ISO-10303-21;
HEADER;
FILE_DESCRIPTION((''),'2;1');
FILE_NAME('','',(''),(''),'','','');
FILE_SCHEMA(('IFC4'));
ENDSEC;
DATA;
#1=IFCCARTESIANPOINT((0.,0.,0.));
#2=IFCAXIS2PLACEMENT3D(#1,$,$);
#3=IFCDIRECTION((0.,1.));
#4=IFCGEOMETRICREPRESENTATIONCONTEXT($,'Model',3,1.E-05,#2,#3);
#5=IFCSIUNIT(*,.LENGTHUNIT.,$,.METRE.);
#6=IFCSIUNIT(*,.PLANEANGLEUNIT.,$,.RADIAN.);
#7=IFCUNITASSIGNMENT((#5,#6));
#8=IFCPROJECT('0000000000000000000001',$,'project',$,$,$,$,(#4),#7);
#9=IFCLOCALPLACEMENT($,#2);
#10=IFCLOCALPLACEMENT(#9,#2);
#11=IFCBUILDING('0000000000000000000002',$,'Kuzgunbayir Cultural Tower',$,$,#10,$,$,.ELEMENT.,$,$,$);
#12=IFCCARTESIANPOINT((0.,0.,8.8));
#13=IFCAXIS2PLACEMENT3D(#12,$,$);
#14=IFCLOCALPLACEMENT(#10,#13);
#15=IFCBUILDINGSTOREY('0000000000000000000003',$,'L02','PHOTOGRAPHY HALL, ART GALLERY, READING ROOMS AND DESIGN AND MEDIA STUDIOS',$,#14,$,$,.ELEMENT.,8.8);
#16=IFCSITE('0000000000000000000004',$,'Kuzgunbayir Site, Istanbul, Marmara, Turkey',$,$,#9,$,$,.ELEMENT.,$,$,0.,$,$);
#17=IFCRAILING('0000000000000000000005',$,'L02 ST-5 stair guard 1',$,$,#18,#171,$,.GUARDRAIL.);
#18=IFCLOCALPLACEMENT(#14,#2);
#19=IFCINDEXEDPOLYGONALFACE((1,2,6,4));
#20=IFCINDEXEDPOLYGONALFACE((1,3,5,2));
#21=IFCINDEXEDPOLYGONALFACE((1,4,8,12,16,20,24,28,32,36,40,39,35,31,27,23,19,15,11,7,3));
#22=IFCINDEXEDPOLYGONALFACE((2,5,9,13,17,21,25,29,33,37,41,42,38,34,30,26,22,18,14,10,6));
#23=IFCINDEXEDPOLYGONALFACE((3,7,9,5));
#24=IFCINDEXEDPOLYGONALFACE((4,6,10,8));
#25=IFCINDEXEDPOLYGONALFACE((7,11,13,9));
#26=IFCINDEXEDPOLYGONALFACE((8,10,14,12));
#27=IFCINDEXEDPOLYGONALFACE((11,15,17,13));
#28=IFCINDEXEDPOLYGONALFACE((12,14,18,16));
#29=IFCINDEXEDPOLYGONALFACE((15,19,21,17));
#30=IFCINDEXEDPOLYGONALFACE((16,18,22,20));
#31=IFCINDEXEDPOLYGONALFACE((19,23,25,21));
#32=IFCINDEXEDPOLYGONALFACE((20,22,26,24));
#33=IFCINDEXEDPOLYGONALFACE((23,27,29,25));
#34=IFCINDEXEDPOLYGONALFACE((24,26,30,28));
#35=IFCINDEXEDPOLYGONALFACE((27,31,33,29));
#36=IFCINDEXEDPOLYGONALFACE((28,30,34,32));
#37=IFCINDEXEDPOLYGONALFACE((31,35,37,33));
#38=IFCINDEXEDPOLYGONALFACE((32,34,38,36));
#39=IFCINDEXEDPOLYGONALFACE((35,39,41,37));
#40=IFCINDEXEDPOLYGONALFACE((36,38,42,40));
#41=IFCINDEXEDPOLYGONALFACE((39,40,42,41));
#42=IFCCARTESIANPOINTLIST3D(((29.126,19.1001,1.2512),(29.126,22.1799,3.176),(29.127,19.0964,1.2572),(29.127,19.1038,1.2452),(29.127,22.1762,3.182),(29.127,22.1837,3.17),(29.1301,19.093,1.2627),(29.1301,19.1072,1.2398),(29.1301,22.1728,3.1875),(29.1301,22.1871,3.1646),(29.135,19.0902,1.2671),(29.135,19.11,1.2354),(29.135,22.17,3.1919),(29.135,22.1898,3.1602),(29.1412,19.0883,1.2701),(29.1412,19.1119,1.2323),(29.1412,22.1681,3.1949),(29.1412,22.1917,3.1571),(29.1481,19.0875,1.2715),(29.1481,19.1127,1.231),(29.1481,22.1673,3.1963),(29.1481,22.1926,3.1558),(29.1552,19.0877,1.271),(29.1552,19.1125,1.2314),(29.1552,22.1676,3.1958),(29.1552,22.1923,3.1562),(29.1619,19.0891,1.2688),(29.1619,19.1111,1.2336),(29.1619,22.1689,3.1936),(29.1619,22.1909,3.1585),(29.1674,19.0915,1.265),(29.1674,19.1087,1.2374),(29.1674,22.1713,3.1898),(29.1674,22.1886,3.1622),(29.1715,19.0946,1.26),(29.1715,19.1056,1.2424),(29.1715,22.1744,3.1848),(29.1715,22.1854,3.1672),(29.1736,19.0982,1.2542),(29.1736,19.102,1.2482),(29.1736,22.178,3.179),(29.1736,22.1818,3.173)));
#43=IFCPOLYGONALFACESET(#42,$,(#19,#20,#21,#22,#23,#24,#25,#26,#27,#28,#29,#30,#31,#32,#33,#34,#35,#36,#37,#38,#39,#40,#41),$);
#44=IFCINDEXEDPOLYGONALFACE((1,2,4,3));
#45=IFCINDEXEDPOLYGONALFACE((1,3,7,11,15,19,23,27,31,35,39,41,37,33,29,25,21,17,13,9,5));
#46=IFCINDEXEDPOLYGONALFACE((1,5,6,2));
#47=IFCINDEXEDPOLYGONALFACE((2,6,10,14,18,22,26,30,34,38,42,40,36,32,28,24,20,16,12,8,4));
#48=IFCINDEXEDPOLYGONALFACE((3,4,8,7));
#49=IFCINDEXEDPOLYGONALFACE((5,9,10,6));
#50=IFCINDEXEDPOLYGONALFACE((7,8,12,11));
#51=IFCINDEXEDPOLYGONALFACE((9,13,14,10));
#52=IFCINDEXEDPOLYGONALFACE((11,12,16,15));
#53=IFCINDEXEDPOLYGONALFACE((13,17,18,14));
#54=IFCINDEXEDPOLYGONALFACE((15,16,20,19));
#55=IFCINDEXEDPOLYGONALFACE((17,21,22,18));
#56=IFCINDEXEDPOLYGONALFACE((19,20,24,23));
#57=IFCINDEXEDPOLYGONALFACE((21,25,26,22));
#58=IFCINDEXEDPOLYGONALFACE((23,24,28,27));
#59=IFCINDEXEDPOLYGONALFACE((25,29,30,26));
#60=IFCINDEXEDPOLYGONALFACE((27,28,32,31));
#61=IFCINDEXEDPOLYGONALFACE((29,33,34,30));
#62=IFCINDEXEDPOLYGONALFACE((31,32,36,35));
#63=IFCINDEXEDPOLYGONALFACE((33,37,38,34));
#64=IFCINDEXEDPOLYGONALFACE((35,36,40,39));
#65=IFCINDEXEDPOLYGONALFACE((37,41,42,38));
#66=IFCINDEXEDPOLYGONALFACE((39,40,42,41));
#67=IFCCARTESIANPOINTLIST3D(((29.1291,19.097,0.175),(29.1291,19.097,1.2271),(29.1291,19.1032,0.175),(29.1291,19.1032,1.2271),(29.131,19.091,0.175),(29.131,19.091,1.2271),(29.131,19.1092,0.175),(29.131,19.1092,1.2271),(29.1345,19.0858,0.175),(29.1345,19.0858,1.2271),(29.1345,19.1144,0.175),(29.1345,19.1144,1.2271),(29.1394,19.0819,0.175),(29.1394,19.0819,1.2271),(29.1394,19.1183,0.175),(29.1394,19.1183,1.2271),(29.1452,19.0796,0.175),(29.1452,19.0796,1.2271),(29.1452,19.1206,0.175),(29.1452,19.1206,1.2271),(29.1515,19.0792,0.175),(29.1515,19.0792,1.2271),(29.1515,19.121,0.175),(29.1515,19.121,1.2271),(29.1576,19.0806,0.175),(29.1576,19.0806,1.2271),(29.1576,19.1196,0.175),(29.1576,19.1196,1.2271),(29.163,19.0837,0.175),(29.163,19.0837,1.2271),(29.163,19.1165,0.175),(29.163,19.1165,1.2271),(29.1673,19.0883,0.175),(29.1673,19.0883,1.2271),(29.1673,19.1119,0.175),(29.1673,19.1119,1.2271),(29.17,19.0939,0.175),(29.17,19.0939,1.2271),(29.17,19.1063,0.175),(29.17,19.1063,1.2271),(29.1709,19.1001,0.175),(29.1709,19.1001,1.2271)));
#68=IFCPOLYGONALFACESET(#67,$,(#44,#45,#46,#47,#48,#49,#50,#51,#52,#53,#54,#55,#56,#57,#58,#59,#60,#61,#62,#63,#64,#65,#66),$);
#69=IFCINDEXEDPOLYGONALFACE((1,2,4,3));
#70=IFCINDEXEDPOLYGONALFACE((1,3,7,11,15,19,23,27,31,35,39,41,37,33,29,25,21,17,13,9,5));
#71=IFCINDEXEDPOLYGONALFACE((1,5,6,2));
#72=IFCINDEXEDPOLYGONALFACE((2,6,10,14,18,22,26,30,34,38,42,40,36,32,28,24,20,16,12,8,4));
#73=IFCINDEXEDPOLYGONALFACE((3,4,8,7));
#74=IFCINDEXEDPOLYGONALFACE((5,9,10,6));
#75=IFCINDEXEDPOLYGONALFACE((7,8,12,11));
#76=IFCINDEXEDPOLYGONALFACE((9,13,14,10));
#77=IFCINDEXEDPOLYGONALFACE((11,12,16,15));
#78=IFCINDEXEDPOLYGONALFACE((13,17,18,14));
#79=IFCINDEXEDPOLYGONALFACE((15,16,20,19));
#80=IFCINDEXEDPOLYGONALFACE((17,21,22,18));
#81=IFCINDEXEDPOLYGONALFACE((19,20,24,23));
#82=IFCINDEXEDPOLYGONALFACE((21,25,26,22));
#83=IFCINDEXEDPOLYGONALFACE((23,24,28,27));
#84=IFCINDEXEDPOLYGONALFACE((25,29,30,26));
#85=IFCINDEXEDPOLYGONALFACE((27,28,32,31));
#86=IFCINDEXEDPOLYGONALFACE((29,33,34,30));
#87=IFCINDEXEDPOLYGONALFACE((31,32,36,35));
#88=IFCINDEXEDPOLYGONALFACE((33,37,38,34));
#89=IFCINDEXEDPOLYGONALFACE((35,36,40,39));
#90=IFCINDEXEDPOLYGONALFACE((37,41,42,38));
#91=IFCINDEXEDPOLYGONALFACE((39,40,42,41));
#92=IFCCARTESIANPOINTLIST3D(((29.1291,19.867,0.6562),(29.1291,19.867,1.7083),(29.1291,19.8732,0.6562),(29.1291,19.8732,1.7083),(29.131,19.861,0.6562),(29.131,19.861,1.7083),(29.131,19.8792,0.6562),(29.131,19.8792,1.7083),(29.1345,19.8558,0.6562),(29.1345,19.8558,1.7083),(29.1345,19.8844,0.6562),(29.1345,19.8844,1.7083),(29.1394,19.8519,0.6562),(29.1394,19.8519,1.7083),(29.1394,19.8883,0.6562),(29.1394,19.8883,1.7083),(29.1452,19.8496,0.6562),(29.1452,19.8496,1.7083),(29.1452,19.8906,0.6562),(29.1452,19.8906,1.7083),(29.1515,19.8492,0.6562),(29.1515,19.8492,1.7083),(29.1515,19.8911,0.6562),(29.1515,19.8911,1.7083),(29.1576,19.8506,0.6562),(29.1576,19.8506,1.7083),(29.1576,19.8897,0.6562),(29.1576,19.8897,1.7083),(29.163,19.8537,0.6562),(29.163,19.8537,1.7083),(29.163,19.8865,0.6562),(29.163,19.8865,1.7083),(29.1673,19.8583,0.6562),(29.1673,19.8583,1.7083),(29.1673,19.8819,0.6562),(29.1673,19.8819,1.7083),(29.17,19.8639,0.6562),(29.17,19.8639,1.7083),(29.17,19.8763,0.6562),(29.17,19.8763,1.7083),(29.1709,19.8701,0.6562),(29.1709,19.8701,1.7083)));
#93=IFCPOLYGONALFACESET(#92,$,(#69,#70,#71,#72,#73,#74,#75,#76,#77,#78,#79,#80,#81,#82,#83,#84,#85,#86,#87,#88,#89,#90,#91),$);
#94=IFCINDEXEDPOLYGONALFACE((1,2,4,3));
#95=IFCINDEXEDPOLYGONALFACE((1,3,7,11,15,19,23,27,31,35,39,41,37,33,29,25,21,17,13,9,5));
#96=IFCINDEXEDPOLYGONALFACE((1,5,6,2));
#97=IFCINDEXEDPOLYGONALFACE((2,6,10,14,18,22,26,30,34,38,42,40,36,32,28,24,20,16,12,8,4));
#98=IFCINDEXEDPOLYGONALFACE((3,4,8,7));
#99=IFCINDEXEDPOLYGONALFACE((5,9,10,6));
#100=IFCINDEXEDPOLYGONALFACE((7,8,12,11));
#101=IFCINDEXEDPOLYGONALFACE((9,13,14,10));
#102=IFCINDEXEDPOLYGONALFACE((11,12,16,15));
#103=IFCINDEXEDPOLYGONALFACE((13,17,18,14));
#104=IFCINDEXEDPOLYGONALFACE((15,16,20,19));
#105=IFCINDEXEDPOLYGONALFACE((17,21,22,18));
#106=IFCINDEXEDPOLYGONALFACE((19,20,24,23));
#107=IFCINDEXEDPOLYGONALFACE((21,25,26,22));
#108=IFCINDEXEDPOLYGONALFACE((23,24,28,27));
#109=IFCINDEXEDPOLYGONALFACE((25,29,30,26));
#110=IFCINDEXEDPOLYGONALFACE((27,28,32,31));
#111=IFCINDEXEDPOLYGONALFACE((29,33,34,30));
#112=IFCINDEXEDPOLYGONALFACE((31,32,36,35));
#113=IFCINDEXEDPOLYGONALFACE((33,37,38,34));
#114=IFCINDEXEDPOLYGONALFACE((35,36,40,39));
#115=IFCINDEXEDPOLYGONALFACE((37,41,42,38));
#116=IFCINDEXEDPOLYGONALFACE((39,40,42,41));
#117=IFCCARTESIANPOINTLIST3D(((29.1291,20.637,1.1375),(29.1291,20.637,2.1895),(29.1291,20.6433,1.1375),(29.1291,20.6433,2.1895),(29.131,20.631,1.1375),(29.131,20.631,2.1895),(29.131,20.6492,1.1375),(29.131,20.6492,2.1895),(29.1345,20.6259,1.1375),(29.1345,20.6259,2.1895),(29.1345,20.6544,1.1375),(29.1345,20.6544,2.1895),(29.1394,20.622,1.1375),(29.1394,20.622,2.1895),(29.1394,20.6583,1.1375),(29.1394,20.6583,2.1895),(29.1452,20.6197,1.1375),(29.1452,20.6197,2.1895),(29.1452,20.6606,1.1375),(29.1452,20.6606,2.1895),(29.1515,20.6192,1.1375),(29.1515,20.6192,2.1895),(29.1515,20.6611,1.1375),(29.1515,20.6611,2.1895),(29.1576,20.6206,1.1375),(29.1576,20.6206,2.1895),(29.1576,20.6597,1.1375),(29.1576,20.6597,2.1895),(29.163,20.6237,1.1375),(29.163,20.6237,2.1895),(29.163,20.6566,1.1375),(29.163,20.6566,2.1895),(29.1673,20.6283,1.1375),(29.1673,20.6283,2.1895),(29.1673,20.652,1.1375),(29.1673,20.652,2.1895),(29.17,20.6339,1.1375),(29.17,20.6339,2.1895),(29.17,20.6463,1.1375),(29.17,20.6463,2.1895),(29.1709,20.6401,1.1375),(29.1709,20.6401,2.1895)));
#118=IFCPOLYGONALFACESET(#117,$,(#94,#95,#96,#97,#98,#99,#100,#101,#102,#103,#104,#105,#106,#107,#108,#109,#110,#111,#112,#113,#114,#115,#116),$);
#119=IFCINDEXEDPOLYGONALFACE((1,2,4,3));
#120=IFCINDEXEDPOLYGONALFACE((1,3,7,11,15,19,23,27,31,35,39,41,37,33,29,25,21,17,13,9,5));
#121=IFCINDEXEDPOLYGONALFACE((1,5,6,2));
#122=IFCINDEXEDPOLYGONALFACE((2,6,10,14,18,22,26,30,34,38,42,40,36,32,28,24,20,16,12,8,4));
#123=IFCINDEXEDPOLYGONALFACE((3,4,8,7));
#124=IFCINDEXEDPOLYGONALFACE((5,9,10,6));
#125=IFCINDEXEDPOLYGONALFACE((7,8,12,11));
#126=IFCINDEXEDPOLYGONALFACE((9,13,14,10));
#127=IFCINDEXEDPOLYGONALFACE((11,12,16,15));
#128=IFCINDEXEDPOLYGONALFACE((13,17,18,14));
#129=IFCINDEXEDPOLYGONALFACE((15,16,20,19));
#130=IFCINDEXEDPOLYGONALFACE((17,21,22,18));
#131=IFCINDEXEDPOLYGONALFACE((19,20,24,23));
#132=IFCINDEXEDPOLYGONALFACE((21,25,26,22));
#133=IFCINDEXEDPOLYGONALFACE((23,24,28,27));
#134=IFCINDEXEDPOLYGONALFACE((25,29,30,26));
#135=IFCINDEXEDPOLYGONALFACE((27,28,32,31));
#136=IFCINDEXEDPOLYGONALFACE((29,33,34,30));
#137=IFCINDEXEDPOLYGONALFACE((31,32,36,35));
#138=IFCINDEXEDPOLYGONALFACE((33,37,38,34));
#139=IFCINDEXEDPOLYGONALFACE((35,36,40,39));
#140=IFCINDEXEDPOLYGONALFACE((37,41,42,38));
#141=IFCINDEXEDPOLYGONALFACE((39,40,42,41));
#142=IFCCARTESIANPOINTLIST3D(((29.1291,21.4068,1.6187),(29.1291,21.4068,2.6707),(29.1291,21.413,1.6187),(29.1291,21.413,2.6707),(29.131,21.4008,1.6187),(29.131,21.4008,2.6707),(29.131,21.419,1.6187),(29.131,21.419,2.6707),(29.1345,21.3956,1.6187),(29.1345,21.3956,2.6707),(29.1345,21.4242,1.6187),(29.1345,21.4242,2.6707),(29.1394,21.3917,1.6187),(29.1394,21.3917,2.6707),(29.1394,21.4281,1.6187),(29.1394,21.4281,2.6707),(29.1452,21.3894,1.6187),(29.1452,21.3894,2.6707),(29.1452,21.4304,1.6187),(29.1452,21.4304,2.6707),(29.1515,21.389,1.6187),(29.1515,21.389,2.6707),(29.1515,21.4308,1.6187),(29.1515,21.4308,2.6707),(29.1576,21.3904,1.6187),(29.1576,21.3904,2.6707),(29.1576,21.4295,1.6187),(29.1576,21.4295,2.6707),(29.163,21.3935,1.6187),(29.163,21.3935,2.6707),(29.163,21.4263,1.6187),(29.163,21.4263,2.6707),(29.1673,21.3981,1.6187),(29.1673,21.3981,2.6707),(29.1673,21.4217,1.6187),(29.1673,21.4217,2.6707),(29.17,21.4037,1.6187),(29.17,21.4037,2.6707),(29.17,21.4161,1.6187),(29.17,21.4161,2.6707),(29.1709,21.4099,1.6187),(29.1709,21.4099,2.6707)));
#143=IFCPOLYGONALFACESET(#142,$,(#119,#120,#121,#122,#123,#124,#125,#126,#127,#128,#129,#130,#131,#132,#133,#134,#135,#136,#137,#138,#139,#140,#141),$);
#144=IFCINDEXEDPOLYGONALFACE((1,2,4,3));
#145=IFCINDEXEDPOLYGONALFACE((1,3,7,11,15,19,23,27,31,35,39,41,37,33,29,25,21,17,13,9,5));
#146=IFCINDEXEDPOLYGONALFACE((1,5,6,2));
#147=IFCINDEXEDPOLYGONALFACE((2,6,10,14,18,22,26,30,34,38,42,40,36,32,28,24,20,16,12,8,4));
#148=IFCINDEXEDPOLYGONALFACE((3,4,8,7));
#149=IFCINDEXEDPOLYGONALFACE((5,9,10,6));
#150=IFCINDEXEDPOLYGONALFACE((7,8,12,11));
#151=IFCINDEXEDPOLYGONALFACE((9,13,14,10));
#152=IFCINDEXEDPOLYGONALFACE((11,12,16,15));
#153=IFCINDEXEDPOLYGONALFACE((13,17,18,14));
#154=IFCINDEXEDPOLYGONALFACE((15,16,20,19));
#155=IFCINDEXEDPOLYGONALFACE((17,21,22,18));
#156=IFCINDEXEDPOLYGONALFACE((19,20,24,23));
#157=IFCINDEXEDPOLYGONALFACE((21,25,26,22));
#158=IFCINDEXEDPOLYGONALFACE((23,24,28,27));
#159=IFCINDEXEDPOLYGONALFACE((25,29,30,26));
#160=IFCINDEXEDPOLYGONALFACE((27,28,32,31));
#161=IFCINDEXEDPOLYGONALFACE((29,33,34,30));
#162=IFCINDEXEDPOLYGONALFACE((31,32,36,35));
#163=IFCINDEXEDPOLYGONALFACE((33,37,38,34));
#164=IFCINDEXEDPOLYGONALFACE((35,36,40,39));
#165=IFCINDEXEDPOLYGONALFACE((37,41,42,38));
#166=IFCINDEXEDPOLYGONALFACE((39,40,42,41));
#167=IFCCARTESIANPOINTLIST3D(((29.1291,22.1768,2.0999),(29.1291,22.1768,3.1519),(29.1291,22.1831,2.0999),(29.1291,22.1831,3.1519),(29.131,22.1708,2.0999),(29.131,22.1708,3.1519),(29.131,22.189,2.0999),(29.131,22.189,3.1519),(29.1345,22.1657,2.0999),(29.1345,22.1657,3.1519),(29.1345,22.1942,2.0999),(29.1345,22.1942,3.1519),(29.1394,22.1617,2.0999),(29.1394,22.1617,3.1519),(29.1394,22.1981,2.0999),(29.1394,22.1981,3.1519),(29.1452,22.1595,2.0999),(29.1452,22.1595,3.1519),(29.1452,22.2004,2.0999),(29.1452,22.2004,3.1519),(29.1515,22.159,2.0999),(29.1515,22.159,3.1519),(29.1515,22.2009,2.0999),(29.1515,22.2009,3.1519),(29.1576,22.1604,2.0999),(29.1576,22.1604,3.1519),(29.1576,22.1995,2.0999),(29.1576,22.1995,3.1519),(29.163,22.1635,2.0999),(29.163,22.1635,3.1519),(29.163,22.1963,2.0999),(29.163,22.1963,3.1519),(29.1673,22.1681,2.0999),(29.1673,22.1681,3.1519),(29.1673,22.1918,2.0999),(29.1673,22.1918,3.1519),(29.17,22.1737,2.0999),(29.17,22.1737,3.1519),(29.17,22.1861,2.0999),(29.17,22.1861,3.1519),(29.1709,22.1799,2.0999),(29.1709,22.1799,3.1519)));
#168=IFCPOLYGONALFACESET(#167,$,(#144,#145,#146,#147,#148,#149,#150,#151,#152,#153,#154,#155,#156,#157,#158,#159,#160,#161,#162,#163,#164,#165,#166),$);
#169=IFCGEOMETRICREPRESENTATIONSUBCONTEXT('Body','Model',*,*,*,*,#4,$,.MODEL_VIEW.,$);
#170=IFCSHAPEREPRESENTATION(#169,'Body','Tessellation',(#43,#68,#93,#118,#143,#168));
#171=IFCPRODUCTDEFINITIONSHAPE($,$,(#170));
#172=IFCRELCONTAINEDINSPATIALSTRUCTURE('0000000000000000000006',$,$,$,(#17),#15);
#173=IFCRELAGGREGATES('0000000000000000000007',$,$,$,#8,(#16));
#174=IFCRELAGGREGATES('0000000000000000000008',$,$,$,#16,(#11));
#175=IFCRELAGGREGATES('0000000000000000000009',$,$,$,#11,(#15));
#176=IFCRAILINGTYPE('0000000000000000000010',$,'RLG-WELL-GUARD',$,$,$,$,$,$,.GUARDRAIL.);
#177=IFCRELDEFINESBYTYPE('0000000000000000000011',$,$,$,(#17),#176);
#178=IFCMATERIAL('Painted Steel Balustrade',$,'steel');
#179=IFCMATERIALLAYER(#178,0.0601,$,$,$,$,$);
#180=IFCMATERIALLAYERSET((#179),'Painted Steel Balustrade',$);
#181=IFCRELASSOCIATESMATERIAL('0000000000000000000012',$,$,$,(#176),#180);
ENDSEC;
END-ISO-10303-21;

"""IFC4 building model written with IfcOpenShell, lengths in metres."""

from ifc_helpers import new_model, si_unit, direction, frame, origin, origin_2d, place, context, subcontext, project, spatial, circle, extrude, material, layer, layer_set, type_object, element, save


model = new_model("IFC4")

# Units and contexts
model_context = context("Model", 3, precision=1e-05, world=origin(), true_north=direction((0.0, 1.0)))
body_context = subcontext(model_context, "Body", "Model", "MODEL_VIEW")
ifc_project = project(units=[si_unit("LENGTHUNIT", "METRE"), si_unit("PLANEANGLEUNIT", "RADIAN")], contexts=[model_context])

# Site, building, storey
site_placement = place(None, origin())
site = spatial("IfcSite", under=ifc_project, at=site_placement, Name="Kuzgunbayir Site, Istanbul, Marmara, Turkey", CompositionType="ELEMENT", RefElevation=0.0)
building_placement = place(site_placement, origin())
building = spatial("IfcBuilding", under=site, at=building_placement, Name="Kuzgunbayir Cultural Tower", CompositionType="ELEMENT")
storey_placement = place(building_placement, frame((0.0, 0.0, 8.8)))
storey = spatial("IfcBuildingStorey", under=building, at=storey_placement, Name="L02", Description="PHOTOGRAPHY HALL, ART GALLERY, READING ROOMS AND DESIGN AND MEDIA STUDIOS", CompositionType="ELEMENT", Elevation=8.8)

# Railing
ifc_material_1 = material(Name="Painted Steel Balustrade", Category="steel")
ifc_layer_1 = layer(ifc_material_1, 0.0601)
ifc_layer_set_1 = layer_set([ifc_layer_1], Name="Painted Steel Balustrade")
railing_type_1 = type_object("IfcRailingType", Name="RLG-WELL-GUARD", PredefinedType="GUARDRAIL", material=ifc_layer_set_1)
railing_1_placement = place(storey_placement, frame((29.1499, 19.1001, 0.175)))
element("IfcRailing", 1, at=railing_1_placement, inside=storey, type_object=railing_type_1, Name="L02 ST-5 stair guard 1", PredefinedType="GUARDRAIL", context=body_context, shape_type="SweptSolid", body=[
    extrude(circle(Radius=0.0239, at=origin_2d()), frame((0.0, 0.0, 1.0762), z_axis=(0.0, 0.84801, 0.529981), x_axis=(-1.0, 0.0, 0.0)), (0.0, 0.0, 1.0), 3.6318),
    extrude(circle(Radius=0.021, at=origin_2d()), origin(), (0.0, 0.0, 1.0), 1.052),
    extrude(circle(Radius=0.021, at=origin_2d()), frame((0.0, 0.77, 0.4812)), (0.0, 0.0, 1.0), 1.052),
    extrude(circle(Radius=0.021, at=origin_2d()), frame((0.0, 1.54, 0.9624)), (0.0, 0.0, 1.0), 1.052),
    extrude(circle(Radius=0.021, at=origin_2d()), frame((0.0, 2.3098, 1.4436)), (0.0, 0.0, 1.0), 1.052),
    extrude(circle(Radius=0.021, at=origin_2d()), frame((0.0, 3.0798, 1.9248)), (0.0, 0.0, 1.0), 1.052),
])

save(model, "model.ifc")
